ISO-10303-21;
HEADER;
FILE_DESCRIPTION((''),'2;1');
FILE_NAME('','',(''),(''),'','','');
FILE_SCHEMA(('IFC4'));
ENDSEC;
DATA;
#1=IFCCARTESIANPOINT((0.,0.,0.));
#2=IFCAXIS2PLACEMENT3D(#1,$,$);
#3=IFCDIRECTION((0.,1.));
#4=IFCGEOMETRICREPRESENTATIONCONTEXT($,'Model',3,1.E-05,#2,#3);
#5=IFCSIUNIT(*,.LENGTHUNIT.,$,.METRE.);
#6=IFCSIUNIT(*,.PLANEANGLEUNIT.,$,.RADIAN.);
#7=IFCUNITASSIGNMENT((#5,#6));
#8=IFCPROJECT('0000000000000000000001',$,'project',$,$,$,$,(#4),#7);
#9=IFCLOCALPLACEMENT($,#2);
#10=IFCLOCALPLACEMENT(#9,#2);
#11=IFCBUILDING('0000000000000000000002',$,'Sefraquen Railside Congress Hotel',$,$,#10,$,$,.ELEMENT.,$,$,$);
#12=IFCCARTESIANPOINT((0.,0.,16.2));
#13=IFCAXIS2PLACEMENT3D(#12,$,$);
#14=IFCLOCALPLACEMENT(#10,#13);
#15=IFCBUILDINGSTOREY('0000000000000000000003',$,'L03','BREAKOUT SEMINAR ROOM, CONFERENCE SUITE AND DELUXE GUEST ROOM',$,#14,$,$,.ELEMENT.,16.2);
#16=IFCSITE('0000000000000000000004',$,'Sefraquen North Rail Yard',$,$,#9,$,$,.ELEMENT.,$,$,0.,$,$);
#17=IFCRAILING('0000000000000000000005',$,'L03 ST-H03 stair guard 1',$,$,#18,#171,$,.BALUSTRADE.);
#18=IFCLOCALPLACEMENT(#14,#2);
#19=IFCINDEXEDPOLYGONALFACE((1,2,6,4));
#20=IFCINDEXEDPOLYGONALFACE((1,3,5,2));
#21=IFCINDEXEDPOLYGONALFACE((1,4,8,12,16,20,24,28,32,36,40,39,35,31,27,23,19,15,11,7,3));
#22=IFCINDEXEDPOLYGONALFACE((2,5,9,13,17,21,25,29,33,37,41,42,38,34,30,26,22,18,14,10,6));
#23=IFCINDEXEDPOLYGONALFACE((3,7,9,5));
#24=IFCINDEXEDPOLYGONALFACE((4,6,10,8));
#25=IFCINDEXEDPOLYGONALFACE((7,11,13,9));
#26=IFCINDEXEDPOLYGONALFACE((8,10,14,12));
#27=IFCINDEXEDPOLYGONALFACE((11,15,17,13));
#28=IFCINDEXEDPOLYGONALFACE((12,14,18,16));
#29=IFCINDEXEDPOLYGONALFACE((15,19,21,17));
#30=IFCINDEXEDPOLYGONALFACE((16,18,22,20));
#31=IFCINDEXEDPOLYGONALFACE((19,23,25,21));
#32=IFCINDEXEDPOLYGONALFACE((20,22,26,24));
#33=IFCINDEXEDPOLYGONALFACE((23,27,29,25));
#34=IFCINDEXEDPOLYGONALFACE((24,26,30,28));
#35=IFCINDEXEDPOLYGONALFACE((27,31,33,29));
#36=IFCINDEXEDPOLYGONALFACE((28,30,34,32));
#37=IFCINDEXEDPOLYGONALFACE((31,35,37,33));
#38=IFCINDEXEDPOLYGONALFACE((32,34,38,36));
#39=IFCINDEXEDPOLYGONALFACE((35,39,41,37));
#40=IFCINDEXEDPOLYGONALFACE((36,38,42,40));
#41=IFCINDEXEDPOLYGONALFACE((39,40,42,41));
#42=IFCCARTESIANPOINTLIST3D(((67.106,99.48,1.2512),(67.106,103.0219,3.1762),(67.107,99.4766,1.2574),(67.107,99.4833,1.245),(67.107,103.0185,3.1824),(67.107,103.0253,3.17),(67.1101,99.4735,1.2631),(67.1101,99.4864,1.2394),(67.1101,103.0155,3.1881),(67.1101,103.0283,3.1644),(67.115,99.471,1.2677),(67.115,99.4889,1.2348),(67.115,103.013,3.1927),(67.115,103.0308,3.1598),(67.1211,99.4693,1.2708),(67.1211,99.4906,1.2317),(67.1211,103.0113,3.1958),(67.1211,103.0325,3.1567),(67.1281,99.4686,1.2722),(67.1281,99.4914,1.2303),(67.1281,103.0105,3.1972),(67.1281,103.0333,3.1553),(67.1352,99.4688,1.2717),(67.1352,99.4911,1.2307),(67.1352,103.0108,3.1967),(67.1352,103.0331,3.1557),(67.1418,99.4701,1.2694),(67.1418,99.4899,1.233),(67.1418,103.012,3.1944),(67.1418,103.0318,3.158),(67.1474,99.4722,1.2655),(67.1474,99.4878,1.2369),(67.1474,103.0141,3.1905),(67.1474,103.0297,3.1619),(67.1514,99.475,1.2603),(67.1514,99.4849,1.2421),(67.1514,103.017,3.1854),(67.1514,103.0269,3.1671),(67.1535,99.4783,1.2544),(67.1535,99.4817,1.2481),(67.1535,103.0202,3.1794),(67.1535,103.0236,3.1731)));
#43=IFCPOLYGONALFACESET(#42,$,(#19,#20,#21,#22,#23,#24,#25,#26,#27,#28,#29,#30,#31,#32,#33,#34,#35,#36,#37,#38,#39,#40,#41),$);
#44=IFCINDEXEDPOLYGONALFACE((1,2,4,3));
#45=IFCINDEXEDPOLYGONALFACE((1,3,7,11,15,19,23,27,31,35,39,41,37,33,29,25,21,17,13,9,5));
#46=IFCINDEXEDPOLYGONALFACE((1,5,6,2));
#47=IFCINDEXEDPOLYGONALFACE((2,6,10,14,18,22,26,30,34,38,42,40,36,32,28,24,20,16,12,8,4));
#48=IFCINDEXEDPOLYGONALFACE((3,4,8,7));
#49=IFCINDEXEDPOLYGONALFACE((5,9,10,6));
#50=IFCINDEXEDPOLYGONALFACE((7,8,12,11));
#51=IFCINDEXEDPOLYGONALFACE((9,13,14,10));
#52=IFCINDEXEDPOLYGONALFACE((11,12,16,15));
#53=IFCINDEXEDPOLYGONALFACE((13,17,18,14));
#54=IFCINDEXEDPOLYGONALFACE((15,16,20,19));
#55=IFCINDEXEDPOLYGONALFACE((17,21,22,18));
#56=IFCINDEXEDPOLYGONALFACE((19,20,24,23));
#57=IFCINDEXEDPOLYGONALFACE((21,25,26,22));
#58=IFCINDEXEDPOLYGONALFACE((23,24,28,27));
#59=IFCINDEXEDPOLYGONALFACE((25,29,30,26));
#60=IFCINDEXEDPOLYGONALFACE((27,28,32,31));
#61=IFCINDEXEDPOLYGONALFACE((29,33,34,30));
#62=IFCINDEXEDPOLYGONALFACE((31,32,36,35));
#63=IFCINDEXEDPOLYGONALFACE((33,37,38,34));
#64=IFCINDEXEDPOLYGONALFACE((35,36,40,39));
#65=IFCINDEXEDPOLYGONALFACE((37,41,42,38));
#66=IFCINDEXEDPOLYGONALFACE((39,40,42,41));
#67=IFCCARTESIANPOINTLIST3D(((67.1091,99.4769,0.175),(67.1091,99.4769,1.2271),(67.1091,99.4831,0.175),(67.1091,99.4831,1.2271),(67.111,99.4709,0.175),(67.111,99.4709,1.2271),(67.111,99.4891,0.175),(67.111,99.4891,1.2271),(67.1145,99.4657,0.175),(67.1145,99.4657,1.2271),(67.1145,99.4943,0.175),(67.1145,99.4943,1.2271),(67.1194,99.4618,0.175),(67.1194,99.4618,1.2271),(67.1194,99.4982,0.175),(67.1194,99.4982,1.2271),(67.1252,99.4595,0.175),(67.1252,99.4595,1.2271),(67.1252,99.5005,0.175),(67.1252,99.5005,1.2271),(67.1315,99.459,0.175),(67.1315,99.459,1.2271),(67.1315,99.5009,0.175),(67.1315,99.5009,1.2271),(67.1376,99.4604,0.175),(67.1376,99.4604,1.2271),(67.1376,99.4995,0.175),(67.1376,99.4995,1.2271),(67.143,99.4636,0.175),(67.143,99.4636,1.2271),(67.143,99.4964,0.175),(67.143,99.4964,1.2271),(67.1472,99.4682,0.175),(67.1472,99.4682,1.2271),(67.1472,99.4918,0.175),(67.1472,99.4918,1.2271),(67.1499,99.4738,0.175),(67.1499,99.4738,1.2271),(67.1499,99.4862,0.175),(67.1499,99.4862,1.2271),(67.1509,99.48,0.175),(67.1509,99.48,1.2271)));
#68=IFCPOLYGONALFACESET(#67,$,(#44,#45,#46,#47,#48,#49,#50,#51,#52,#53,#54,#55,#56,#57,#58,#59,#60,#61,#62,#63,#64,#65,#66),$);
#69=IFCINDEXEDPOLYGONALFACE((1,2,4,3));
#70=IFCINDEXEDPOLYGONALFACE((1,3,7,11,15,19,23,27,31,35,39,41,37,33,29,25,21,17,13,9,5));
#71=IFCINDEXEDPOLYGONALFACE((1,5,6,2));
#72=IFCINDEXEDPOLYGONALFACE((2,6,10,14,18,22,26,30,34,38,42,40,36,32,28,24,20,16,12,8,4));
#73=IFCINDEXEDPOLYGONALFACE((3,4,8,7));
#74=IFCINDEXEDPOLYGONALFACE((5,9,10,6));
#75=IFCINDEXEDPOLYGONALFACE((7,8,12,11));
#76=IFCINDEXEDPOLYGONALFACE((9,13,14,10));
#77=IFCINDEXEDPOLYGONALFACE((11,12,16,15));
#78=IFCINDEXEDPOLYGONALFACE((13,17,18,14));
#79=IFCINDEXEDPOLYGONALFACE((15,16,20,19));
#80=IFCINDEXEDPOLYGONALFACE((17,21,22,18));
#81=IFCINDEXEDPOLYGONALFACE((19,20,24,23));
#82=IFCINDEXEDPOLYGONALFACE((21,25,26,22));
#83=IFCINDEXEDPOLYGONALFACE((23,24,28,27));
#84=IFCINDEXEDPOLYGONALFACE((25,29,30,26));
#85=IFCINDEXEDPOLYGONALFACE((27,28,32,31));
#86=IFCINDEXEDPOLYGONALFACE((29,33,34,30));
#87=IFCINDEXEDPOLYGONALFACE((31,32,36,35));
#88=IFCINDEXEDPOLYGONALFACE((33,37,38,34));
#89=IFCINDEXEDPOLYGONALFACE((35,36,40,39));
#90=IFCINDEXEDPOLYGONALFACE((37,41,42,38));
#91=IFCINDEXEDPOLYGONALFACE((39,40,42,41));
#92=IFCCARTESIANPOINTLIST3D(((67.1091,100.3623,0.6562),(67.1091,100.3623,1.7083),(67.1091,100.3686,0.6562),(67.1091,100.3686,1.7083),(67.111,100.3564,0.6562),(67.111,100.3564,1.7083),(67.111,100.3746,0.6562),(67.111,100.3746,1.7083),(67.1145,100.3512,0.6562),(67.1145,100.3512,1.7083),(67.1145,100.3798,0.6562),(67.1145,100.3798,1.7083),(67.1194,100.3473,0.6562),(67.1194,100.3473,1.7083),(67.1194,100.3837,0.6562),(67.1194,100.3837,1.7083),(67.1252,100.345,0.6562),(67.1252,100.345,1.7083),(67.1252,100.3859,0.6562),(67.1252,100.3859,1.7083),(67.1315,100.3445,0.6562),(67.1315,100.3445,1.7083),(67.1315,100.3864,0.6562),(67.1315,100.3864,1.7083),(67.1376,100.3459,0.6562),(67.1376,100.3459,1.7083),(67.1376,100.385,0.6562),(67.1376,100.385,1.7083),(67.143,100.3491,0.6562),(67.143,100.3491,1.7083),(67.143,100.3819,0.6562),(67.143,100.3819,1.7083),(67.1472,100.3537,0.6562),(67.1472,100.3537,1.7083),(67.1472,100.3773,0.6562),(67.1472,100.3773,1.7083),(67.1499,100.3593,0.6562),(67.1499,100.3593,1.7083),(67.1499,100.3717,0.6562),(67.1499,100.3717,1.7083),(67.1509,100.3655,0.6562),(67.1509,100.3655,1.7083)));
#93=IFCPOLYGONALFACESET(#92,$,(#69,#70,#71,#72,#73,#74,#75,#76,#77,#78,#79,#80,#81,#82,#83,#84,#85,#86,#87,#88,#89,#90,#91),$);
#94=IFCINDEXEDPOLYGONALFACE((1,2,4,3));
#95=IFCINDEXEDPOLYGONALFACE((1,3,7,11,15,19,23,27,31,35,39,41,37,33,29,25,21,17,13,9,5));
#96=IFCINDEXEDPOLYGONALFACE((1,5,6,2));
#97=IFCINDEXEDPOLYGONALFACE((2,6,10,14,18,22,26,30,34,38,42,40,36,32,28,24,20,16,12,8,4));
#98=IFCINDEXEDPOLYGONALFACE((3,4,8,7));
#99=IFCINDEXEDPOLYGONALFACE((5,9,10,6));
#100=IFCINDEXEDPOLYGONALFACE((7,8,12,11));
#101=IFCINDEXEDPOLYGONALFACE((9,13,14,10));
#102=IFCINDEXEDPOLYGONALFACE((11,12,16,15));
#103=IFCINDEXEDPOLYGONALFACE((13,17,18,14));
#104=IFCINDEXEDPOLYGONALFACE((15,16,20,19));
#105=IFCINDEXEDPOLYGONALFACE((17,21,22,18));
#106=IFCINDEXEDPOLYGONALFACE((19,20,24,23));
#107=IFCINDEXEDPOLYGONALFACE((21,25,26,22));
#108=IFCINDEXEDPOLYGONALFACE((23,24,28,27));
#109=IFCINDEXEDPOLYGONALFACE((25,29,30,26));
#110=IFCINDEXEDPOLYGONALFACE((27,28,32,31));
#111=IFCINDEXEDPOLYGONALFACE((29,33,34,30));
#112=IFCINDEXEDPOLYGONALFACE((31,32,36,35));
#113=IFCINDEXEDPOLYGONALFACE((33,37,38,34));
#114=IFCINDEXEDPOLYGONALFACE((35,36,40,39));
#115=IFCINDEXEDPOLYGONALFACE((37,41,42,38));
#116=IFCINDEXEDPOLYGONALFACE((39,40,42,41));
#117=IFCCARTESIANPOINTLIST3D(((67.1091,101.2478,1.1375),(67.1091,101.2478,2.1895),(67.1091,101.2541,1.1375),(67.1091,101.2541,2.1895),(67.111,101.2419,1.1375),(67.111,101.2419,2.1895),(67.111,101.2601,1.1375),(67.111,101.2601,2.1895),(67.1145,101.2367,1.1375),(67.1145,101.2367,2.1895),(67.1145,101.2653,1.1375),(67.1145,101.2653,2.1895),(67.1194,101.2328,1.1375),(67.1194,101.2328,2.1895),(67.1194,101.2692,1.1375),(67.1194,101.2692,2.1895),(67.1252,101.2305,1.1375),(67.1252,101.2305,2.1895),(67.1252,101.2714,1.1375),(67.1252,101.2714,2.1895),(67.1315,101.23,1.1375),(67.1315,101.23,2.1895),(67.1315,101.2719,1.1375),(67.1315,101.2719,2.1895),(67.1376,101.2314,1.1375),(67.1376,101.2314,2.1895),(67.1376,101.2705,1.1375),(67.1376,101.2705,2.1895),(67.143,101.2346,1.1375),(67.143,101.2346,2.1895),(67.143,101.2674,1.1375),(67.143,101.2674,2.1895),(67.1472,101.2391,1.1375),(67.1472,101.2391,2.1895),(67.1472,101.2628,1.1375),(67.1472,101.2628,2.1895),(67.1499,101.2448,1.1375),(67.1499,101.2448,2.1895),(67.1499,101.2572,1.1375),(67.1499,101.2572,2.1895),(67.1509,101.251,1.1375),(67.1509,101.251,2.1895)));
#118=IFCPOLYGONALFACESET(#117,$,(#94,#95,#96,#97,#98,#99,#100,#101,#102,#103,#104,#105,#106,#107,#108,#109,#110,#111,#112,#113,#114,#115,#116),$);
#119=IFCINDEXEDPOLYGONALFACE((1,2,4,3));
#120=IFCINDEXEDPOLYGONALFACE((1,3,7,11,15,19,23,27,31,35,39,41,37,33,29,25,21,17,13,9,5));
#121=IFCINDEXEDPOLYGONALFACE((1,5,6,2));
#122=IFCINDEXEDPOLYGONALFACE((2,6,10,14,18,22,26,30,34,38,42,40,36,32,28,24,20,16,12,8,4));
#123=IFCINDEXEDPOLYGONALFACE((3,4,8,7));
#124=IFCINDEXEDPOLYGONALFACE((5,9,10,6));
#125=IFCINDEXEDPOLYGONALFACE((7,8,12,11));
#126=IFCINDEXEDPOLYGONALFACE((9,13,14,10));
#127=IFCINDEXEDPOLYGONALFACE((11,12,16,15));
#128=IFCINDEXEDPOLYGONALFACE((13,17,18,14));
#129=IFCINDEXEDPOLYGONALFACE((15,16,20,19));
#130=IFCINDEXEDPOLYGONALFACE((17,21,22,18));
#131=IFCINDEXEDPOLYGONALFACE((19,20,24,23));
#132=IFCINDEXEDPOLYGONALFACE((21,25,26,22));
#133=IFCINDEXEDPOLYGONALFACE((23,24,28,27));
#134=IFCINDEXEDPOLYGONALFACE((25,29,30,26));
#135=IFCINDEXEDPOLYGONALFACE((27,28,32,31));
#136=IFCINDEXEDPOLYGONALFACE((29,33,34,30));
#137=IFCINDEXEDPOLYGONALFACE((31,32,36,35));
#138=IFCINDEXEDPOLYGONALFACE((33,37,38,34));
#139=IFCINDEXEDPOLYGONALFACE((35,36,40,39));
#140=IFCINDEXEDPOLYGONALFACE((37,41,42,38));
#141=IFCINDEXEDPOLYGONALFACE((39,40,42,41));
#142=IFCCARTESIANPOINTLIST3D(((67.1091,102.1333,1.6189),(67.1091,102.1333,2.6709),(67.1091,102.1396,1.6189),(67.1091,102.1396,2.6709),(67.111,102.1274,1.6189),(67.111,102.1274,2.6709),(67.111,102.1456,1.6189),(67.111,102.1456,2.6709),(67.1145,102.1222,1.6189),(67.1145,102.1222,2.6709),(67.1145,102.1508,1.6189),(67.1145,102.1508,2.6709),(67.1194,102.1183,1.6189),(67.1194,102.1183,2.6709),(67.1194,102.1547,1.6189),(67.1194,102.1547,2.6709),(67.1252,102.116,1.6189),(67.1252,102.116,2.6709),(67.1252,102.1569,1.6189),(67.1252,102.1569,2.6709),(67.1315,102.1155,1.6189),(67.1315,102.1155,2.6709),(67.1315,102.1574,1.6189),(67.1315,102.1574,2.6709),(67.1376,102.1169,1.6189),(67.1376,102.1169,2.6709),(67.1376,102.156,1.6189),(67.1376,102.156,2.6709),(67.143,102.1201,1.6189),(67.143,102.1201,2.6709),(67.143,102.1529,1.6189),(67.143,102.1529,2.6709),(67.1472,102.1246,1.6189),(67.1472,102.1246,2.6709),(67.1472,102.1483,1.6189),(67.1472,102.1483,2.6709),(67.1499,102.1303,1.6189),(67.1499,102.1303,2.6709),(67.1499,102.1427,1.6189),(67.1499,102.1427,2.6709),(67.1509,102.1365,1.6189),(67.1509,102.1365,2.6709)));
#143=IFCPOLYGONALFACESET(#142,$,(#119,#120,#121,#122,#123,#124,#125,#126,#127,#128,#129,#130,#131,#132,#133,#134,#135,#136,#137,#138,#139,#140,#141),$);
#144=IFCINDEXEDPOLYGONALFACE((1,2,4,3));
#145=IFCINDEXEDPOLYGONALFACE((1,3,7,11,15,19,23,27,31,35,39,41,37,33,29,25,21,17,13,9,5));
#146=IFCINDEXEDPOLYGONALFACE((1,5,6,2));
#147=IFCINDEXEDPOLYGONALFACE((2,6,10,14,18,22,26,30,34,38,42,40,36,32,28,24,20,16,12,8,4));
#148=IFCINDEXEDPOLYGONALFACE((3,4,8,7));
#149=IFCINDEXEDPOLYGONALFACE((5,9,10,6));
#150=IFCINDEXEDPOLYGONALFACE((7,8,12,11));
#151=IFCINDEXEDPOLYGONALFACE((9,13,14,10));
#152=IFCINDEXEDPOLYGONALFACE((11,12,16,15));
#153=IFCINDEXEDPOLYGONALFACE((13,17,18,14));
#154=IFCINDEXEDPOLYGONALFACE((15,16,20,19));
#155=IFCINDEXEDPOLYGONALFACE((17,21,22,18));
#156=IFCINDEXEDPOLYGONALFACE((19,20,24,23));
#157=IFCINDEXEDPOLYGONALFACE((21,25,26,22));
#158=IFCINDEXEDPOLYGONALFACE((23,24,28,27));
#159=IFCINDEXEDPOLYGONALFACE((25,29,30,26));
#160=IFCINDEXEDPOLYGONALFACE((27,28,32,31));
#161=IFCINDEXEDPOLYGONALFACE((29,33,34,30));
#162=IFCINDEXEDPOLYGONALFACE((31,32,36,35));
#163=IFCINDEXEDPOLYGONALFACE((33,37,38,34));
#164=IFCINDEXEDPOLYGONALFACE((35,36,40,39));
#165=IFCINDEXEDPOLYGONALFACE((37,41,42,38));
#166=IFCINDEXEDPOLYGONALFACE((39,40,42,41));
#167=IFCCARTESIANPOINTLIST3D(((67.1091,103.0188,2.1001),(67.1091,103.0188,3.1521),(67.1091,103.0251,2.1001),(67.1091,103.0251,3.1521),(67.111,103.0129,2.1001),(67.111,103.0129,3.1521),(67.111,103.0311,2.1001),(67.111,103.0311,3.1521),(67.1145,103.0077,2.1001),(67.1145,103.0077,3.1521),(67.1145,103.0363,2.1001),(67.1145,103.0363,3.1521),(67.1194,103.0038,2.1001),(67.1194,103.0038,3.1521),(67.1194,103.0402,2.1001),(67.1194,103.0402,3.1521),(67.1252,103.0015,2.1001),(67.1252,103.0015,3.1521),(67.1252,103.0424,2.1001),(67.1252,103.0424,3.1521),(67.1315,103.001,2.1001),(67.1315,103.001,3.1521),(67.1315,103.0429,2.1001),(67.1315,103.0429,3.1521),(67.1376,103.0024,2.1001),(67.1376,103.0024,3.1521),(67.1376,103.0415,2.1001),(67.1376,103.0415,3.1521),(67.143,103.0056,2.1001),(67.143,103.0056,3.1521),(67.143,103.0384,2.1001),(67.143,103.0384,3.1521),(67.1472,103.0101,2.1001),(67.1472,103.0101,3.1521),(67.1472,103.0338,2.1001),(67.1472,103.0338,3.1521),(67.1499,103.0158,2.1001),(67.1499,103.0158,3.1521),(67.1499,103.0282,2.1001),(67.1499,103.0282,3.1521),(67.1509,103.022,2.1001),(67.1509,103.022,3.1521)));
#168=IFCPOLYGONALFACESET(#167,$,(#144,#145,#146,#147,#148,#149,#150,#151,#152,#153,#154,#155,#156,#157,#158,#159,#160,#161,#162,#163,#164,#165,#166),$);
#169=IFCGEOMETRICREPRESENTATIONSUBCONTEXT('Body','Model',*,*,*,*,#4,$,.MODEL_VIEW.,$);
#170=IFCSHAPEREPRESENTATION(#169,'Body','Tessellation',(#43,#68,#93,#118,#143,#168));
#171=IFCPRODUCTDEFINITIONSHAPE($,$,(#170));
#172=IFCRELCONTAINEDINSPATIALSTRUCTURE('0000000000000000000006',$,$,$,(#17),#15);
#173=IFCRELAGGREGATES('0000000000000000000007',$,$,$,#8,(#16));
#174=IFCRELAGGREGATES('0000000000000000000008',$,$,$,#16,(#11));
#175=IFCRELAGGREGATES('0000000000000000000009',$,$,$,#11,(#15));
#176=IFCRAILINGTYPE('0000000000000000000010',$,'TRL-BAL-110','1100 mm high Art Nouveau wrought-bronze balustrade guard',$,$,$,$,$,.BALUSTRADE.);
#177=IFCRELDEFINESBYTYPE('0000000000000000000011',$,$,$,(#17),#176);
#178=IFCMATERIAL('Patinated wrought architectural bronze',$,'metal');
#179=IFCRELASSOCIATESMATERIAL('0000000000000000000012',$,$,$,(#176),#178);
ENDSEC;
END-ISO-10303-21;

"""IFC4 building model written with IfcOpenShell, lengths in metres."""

from ifc_helpers import new_model, si_unit, direction, frame, origin, origin_2d, place, context, subcontext, project, spatial, circle, extrude, material, type_object, element, save


model = new_model("IFC4")

# Units and contexts
model_context = context("Model", 3, precision=1e-05, world=origin(), true_north=direction((0.0, 1.0)))
body_context = subcontext(model_context, "Body", "Model", "MODEL_VIEW")
ifc_project = project(units=[si_unit("LENGTHUNIT", "METRE"), si_unit("PLANEANGLEUNIT", "RADIAN")], contexts=[model_context])

# Site, building, storey
site_placement = place(None, origin())
site = spatial("IfcSite", under=ifc_project, at=site_placement, Name="Sefraquen North Rail Yard", CompositionType="ELEMENT", RefElevation=0.0)
building_placement = place(site_placement, origin())
building = spatial("IfcBuilding", under=site, at=building_placement, Name="Sefraquen Railside Congress Hotel", CompositionType="ELEMENT")
storey_placement = place(building_placement, frame((0.0, 0.0, 16.2)))
storey = spatial("IfcBuildingStorey", under=building, at=storey_placement, Name="L03", Description="BREAKOUT SEMINAR ROOM, CONFERENCE SUITE AND DELUXE GUEST ROOM", CompositionType="ELEMENT", Elevation=16.2)

# Railing
ifc_material_1 = material(Name="Patinated wrought architectural bronze", Category="metal")
railing_type_1 = type_object("IfcRailingType", Name="TRL-BAL-110", Description="1100 mm high Art Nouveau wrought-bronze balustrade guard", PredefinedType="BALUSTRADE", material=ifc_material_1)
railing_1_placement = place(storey_placement, frame((67.1299, 99.48, 0.175)))
element("IfcRailing", 1, at=railing_1_placement, inside=storey, type_object=railing_type_1, Name="L03 ST-H03 stair guard 1", PredefinedType="BALUSTRADE", context=body_context, shape_type="SweptSolid", body=[
    extrude(circle(Radius=0.0239, at=origin_2d()), frame((0.0, 0.0, 1.0762), z_axis=(0.0, 0.878619, 0.477523), x_axis=(-1.0, 0.0, 0.0)), (0.0, 0.0, 1.0), 4.0312),
    extrude(circle(Radius=0.021, at=origin_2d()), origin(), (0.0, 0.0, 1.0), 1.052),
    extrude(circle(Radius=0.021, at=origin_2d()), frame((0.0, 0.8855, 0.4812)), (0.0, 0.0, 1.0), 1.052),
    extrude(circle(Radius=0.021, at=origin_2d()), frame((0.0, 1.771, 0.9624)), (0.0, 0.0, 1.0), 1.052),
    extrude(circle(Radius=0.021, at=origin_2d()), frame((0.0, 2.6565, 1.4438)), (0.0, 0.0, 1.0), 1.052),
    extrude(circle(Radius=0.021, at=origin_2d()), frame((0.0, 3.542, 1.925)), (0.0, 0.0, 1.0), 1.052),
])

save(model, "model.ifc")
